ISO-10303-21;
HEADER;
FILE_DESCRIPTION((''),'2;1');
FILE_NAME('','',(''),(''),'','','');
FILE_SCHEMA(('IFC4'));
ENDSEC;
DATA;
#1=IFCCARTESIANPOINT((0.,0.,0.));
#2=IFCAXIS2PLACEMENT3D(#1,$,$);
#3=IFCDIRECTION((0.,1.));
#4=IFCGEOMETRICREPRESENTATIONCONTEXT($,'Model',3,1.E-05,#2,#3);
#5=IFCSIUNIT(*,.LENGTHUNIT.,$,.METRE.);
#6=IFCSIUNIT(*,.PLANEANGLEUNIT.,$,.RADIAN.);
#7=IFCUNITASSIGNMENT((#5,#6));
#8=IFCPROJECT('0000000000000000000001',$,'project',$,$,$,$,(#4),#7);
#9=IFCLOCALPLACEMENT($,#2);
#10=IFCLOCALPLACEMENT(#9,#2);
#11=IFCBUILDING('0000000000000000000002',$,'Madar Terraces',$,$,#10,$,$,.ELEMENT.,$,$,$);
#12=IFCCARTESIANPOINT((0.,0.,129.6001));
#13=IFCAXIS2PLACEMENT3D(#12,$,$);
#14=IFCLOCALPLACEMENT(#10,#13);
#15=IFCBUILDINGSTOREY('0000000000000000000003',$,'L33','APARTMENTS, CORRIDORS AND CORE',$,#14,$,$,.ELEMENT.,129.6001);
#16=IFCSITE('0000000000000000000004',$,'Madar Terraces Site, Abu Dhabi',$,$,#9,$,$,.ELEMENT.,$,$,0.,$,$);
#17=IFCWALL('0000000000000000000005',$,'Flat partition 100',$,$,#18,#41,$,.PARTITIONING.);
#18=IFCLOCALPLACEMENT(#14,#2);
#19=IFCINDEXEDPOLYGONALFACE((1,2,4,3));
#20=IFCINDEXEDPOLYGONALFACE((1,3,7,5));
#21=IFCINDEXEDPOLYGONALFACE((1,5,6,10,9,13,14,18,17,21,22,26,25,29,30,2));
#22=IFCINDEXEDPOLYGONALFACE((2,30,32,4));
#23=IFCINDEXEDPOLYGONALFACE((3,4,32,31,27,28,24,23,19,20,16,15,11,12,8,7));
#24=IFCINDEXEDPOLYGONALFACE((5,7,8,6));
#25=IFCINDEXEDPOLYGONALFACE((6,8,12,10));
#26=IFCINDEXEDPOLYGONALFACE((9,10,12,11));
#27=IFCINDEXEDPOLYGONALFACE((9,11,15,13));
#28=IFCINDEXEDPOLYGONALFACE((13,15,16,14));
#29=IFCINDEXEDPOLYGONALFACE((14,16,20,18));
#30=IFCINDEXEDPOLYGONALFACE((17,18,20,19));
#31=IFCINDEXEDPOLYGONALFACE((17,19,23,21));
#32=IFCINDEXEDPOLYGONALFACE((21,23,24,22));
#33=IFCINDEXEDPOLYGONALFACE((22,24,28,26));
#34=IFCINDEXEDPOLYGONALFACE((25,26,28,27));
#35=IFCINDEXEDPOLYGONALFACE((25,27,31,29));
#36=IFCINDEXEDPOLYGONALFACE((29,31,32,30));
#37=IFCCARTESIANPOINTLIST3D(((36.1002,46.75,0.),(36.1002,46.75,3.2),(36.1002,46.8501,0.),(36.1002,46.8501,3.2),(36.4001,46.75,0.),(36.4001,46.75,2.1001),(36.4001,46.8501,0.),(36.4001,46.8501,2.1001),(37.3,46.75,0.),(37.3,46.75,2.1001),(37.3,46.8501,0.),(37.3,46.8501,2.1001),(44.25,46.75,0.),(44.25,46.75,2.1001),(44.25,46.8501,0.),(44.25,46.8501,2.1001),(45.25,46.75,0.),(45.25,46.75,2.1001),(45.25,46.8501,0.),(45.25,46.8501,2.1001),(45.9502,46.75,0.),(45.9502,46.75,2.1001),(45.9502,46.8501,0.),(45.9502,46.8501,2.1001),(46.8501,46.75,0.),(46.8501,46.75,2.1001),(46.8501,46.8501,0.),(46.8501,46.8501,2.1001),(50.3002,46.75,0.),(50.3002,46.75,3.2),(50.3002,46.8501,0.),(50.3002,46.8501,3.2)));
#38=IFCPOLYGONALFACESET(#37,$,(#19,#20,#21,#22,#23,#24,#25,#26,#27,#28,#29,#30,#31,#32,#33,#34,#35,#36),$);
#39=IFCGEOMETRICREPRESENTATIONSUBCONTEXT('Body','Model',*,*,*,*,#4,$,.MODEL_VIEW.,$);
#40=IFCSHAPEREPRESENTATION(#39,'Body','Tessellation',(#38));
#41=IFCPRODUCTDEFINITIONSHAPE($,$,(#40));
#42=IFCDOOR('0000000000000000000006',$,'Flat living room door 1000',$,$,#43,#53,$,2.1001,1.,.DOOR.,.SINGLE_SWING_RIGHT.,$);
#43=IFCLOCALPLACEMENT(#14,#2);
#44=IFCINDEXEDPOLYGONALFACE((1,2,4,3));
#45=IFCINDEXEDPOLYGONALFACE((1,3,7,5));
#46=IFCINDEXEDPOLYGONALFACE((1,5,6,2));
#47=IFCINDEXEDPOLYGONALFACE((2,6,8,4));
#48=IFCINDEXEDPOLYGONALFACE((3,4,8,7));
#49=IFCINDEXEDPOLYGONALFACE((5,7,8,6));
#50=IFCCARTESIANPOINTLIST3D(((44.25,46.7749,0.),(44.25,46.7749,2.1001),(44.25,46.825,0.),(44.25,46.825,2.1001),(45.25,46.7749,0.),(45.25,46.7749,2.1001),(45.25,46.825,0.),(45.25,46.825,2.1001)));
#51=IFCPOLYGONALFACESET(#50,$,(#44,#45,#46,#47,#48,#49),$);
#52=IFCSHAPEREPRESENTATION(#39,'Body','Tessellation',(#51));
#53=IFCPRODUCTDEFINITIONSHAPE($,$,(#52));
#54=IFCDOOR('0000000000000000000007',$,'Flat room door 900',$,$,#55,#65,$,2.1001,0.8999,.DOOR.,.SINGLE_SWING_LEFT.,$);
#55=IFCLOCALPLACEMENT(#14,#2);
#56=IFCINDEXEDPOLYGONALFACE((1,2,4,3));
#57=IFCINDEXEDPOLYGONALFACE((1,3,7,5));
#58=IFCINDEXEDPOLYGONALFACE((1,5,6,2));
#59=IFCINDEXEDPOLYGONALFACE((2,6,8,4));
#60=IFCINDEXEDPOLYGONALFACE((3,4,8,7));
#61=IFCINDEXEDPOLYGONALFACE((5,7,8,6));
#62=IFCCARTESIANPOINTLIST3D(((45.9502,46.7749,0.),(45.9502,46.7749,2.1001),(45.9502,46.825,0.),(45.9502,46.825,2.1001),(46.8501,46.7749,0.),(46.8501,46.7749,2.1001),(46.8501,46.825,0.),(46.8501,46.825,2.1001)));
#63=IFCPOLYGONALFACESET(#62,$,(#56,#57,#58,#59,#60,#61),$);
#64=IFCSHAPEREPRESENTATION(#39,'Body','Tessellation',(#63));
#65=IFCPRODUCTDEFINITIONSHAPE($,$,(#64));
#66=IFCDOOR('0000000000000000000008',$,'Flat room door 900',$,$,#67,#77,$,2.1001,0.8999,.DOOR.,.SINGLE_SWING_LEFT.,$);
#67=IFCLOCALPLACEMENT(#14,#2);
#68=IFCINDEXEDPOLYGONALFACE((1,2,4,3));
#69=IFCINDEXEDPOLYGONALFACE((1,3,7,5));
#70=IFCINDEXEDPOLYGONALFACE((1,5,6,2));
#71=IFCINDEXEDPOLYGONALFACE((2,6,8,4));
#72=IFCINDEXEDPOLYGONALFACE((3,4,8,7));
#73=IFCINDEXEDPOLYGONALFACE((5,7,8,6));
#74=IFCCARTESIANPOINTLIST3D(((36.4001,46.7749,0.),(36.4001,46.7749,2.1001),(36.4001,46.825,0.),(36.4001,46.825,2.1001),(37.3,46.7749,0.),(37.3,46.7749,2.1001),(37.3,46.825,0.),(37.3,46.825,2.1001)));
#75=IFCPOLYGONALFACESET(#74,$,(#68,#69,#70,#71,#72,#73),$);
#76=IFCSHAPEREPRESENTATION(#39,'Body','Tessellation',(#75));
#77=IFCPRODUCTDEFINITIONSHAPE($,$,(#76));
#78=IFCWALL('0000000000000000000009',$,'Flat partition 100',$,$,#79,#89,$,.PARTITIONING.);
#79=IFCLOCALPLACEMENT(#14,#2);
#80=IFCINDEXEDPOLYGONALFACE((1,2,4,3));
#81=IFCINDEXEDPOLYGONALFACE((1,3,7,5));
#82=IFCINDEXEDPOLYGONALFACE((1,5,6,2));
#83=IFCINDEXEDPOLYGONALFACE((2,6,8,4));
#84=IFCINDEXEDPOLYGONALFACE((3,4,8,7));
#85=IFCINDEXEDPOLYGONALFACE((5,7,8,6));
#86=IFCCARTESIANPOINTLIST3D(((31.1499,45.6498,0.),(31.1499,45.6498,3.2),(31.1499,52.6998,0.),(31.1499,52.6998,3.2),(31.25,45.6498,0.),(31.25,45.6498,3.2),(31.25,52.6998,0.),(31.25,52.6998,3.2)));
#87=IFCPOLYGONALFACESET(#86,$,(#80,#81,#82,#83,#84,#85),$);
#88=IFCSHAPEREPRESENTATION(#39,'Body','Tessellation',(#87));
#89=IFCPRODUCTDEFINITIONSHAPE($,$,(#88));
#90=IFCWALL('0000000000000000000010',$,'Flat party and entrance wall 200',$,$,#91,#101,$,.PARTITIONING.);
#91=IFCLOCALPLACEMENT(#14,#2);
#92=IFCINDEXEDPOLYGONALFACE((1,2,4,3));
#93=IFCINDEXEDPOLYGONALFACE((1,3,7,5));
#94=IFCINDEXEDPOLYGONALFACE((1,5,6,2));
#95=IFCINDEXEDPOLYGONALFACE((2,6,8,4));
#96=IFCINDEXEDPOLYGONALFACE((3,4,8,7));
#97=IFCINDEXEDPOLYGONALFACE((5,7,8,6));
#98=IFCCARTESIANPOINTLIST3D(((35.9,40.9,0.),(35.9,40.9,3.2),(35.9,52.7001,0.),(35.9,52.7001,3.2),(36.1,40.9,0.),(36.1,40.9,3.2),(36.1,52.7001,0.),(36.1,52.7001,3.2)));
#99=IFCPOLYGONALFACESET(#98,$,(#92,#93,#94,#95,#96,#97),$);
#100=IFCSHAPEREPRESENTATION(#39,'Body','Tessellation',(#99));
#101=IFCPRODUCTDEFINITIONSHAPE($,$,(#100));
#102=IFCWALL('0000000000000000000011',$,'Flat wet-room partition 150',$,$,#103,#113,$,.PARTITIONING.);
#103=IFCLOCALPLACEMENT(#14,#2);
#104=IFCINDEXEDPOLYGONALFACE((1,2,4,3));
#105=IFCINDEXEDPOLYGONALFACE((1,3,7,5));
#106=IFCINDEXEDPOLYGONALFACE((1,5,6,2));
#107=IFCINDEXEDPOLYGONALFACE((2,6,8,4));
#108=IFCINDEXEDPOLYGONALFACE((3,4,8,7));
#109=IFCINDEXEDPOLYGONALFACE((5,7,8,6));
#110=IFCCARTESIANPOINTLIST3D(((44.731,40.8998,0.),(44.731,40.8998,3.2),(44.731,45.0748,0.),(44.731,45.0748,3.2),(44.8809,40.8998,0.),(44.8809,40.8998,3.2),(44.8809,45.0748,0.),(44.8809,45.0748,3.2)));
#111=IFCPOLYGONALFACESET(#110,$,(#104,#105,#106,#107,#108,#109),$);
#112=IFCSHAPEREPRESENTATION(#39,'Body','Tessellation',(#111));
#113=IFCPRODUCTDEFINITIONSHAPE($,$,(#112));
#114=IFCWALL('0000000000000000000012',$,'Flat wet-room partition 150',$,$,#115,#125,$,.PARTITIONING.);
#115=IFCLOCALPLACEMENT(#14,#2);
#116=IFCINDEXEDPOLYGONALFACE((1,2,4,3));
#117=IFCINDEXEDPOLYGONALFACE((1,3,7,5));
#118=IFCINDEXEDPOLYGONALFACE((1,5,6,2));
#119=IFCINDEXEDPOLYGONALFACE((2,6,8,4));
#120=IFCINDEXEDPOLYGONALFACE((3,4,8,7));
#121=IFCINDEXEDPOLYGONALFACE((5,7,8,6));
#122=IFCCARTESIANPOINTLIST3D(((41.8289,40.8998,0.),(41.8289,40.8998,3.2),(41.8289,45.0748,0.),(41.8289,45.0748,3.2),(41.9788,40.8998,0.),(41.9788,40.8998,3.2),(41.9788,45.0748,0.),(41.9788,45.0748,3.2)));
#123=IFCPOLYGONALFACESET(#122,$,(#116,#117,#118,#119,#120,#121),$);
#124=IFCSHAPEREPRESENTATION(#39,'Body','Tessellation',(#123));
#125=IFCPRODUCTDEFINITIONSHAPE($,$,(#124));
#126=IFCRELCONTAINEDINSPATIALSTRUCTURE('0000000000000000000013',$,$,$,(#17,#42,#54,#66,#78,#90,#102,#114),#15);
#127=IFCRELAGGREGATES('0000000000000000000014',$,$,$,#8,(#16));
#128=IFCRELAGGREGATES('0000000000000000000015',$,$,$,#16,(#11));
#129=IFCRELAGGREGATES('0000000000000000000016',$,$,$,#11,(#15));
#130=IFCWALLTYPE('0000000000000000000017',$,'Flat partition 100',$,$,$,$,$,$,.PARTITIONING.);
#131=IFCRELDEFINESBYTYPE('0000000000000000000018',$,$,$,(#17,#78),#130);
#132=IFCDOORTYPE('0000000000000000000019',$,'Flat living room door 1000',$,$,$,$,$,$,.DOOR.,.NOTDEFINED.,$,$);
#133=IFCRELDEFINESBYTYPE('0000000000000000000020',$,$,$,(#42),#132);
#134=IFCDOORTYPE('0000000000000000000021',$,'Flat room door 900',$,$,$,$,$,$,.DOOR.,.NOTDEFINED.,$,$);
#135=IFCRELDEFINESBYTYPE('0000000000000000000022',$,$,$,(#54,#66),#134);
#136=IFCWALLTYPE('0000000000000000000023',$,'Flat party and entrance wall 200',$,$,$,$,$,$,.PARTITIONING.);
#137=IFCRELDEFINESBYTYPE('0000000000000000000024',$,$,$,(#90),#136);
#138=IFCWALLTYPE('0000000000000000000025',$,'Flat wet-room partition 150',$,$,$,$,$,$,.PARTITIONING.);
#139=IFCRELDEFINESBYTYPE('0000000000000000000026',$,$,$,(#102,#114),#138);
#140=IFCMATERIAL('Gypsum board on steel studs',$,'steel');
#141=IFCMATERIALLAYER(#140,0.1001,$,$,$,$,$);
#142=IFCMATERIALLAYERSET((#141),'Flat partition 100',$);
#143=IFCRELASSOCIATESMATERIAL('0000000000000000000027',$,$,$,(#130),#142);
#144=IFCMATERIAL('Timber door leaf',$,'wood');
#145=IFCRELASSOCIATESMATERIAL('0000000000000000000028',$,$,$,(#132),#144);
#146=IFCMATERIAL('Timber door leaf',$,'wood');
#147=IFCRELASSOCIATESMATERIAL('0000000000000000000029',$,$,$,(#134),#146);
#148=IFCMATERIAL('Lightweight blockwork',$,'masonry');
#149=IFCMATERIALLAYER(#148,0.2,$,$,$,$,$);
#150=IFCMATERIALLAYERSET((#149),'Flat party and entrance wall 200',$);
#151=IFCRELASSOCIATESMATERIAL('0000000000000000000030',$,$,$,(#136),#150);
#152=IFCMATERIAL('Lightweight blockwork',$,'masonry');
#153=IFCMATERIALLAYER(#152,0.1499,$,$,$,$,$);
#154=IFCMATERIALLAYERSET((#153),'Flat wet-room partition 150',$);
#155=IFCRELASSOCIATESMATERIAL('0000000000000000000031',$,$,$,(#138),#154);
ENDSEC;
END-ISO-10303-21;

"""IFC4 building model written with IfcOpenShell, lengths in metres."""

from ifc_helpers import new_model, si_unit, direction, frame, frame_2d, origin, place, context, subcontext, project, spatial, rectangle, extrude, material, layer, layer_set, type_object, element, fill, save


model = new_model("IFC4")

# Units and contexts
model_context = context("Model", 3, precision=1e-05, world=origin(), true_north=direction((0.0, 1.0)))
body_context = subcontext(model_context, "Body", "Model", "MODEL_VIEW")
ifc_project = project(units=[si_unit("LENGTHUNIT", "METRE"), si_unit("PLANEANGLEUNIT", "RADIAN")], contexts=[model_context])

# Site, building, storey
site_placement = place(None, origin())
site = spatial("IfcSite", under=ifc_project, at=site_placement, Name="Madar Terraces Site, Abu Dhabi", CompositionType="ELEMENT", RefElevation=0.0)
building_placement = place(site_placement, origin())
building = spatial("IfcBuilding", under=site, at=building_placement, Name="Madar Terraces", CompositionType="ELEMENT")
storey_placement = place(building_placement, frame((0.0, 0.0, 129.6001)))
storey = spatial("IfcBuildingStorey", under=building, at=storey_placement, Name="L33", Description="APARTMENTS, CORRIDORS AND CORE", CompositionType="ELEMENT", Elevation=129.6001)

# Shared definitions
ifc_material_1 = material(Name="Gypsum board on steel studs", Category="steel")
ifc_layer_1 = layer(ifc_material_1, 0.1001)
ifc_layer_set_1 = layer_set([ifc_layer_1], Name="Flat partition 100")
wall_type_1 = type_object("IfcWallType", Name="Flat partition 100", PredefinedType="PARTITIONING", material=ifc_layer_set_1)

# Wall, openings, doors
wall_1_placement = place(storey_placement, frame((36.1001, 46.8, 0.0), z_axis=(0.0, 0.0, 1.0), x_axis=(1.0, 0.0, 0.0)))
wall_1 = element("IfcWall", 1, at=wall_1_placement, inside=storey, type_object=wall_type_1, Name="Flat partition 100", PredefinedType="PARTITIONING", context=body_context, shape_type="SweptSolid", body=[
    extrude(rectangle(XDim=14.2, YDim=0.1001, at=frame_2d((7.1001, 0.0))), origin(), (0.0, 0.0, 1.0), 3.2),
])
opening_1_placement = place(wall_1_placement, frame((9.8501, 0.0, 0.0)))
opening_1 = element("IfcOpeningElement", 2, at=opening_1_placement, cuts=wall_1, PredefinedType="OPENING", context=body_context, shape_type="SweptSolid", body=[
    extrude(rectangle(XDim=0.8999, YDim=2.1001, at=frame_2d((0.45, 1.05))), frame((0.0, 0.0601, 0.0), z_axis=(0.0, -1.0, 0.0), x_axis=(1.0, 0.0, 0.0)), (0.0, 0.0, 1.0), 0.1201),
])
opening_2_placement = place(wall_1_placement, frame((8.1499, 0.0, 0.0)))
opening_2 = element("IfcOpeningElement", 3, at=opening_2_placement, cuts=wall_1, PredefinedType="OPENING", context=body_context, shape_type="SweptSolid", body=[
    extrude(rectangle(XDim=1.0, YDim=2.1001, at=frame_2d((0.5, 1.05))), frame((0.0, 0.0601, 0.0), z_axis=(0.0, -1.0, 0.0), x_axis=(1.0, 0.0, 0.0)), (0.0, 0.0, 1.0), 0.1201),
])
opening_3_placement = place(wall_1_placement, frame((0.3, 0.0, 0.0)))
opening_3 = element("IfcOpeningElement", 4, at=opening_3_placement, cuts=wall_1, PredefinedType="OPENING", context=body_context, shape_type="SweptSolid", body=[
    extrude(rectangle(XDim=0.8999, YDim=2.1001, at=frame_2d((0.45, 1.05))), frame((0.0, 0.0601, 0.0), z_axis=(0.0, -1.0, 0.0), x_axis=(1.0, 0.0, 0.0)), (0.0, 0.0, 1.0), 0.1201),
])
ifc_material_2 = material(Name="Timber door leaf", Category="wood")
door_type_1 = type_object("IfcDoorType", Name="Flat living room door 1000", OperationType="NOTDEFINED", PredefinedType="DOOR", material=ifc_material_2)
door_1_placement = place(opening_2_placement, origin())
door_1 = element("IfcDoor", 5, at=door_1_placement, inside=storey, type_object=door_type_1, Name="Flat living room door 1000", OperationType="SINGLE_SWING_RIGHT", OverallHeight=2.1001, OverallWidth=1.0, PredefinedType="DOOR", context=body_context, shape_type="SweptSolid", body=[
    extrude(rectangle(XDim=1.0, YDim=2.1001, at=frame_2d((0.5, 1.05))), frame((0.0, 0.0249, 0.0), z_axis=(0.0, -1.0, 0.0), x_axis=(1.0, 0.0, 0.0)), (0.0, 0.0, 1.0), 0.05),
])
fill(opening_2, door_1)
ifc_material_3 = material(Name="Timber door leaf", Category="wood")
door_type_2 = type_object("IfcDoorType", Name="Flat room door 900", OperationType="NOTDEFINED", PredefinedType="DOOR", material=ifc_material_3)
door_2_placement = place(opening_1_placement, origin())
door_2 = element("IfcDoor", 6, at=door_2_placement, inside=storey, type_object=door_type_2, Name="Flat room door 900", OperationType="SINGLE_SWING_LEFT", OverallHeight=2.1001, OverallWidth=0.8999, PredefinedType="DOOR", context=body_context, shape_type="SweptSolid", body=[
    extrude(rectangle(XDim=0.8999, YDim=2.1001, at=frame_2d((0.45, 1.05))), frame((0.0, 0.0249, 0.0), z_axis=(0.0, -1.0, 0.0), x_axis=(1.0, 0.0, 0.0)), (0.0, 0.0, 1.0), 0.05),
])
fill(opening_1, door_2)
door_3_placement = place(opening_3_placement, origin())
door_3 = element("IfcDoor", 7, at=door_3_placement, inside=storey, type_object=door_type_2, Name="Flat room door 900", OperationType="SINGLE_SWING_LEFT", OverallHeight=2.1001, OverallWidth=0.8999, PredefinedType="DOOR", context=body_context, shape_type="SweptSolid", body=[
    extrude(rectangle(XDim=0.8999, YDim=2.1001, at=frame_2d((0.45, 1.05))), frame((0.0, 0.0249, 0.0), z_axis=(0.0, -1.0, 0.0), x_axis=(1.0, 0.0, 0.0)), (0.0, 0.0, 1.0), 0.05),
])
fill(opening_3, door_3)

# Walls
wall_2_placement = place(storey_placement, frame((31.2, 45.6499, 0.0), z_axis=(0.0, 0.0, 1.0), x_axis=(0.0, 1.0, 0.0)))
element("IfcWall", 8, at=wall_2_placement, inside=storey, type_object=wall_type_1, Name="Flat partition 100", PredefinedType="PARTITIONING", context=body_context, shape_type="SweptSolid", body=[
    extrude(rectangle(XDim=7.05, YDim=0.1001, at=frame_2d((3.5249, 0.0))), origin(), (0.0, 0.0, 1.0), 3.2),
])
ifc_material_4 = material(Name="Lightweight blockwork", Category="masonry")
ifc_layer_2 = layer(ifc_material_4, 0.2)
ifc_layer_set_2 = layer_set([ifc_layer_2], Name="Flat party and entrance wall 200")
wall_type_2 = type_object("IfcWallType", Name="Flat party and entrance wall 200", PredefinedType="PARTITIONING", material=ifc_layer_set_2)
wall_3_placement = place(storey_placement, frame((36.0, 52.7, 0.0), z_axis=(0.0, 0.0, 1.0), x_axis=(0.0, -1.0, 0.0)))
element("IfcWall", 9, at=wall_3_placement, inside=storey, type_object=wall_type_2, Name="Flat party and entrance wall 200", PredefinedType="PARTITIONING", context=body_context, shape_type="SweptSolid", body=[
    extrude(rectangle(XDim=11.8, YDim=0.2, at=frame_2d((5.8999, 0.0))), origin(), (0.0, 0.0, 1.0), 3.2),
])
ifc_material_5 = material(Name="Lightweight blockwork", Category="masonry")
ifc_layer_3 = layer(ifc_material_5, 0.1499)
ifc_layer_set_3 = layer_set([ifc_layer_3], Name="Flat wet-room partition 150")
wall_type_3 = type_object("IfcWallType", Name="Flat wet-room partition 150", PredefinedType="PARTITIONING", material=ifc_layer_set_3)
for number, where, z_axis, x_axis, name in (
    (10, (44.8059, 40.8999, 0.0), (0.0, 0.0, 1.0), (0.0, 1.0, 0.0), "Flat wet-room partition 150"),
    (11, (41.9038, 40.8999, 0.0), (0.0, 0.0, 1.0), (0.0, 1.0, 0.0), "Flat wet-room partition 150"),
):
    element("IfcWall", number, at=place(storey_placement, frame(where, z_axis=z_axis, x_axis=x_axis)), inside=storey, type_object=wall_type_3, Name=name, PredefinedType="PARTITIONING", context=body_context, shape_type="SweptSolid", body=[
        extrude(rectangle(XDim=4.175, YDim=0.1499, at=frame_2d((2.0874, 0.0))), origin(), (0.0, 0.0, 1.0), 3.2),
    ])

save(model, "model.ifc")
